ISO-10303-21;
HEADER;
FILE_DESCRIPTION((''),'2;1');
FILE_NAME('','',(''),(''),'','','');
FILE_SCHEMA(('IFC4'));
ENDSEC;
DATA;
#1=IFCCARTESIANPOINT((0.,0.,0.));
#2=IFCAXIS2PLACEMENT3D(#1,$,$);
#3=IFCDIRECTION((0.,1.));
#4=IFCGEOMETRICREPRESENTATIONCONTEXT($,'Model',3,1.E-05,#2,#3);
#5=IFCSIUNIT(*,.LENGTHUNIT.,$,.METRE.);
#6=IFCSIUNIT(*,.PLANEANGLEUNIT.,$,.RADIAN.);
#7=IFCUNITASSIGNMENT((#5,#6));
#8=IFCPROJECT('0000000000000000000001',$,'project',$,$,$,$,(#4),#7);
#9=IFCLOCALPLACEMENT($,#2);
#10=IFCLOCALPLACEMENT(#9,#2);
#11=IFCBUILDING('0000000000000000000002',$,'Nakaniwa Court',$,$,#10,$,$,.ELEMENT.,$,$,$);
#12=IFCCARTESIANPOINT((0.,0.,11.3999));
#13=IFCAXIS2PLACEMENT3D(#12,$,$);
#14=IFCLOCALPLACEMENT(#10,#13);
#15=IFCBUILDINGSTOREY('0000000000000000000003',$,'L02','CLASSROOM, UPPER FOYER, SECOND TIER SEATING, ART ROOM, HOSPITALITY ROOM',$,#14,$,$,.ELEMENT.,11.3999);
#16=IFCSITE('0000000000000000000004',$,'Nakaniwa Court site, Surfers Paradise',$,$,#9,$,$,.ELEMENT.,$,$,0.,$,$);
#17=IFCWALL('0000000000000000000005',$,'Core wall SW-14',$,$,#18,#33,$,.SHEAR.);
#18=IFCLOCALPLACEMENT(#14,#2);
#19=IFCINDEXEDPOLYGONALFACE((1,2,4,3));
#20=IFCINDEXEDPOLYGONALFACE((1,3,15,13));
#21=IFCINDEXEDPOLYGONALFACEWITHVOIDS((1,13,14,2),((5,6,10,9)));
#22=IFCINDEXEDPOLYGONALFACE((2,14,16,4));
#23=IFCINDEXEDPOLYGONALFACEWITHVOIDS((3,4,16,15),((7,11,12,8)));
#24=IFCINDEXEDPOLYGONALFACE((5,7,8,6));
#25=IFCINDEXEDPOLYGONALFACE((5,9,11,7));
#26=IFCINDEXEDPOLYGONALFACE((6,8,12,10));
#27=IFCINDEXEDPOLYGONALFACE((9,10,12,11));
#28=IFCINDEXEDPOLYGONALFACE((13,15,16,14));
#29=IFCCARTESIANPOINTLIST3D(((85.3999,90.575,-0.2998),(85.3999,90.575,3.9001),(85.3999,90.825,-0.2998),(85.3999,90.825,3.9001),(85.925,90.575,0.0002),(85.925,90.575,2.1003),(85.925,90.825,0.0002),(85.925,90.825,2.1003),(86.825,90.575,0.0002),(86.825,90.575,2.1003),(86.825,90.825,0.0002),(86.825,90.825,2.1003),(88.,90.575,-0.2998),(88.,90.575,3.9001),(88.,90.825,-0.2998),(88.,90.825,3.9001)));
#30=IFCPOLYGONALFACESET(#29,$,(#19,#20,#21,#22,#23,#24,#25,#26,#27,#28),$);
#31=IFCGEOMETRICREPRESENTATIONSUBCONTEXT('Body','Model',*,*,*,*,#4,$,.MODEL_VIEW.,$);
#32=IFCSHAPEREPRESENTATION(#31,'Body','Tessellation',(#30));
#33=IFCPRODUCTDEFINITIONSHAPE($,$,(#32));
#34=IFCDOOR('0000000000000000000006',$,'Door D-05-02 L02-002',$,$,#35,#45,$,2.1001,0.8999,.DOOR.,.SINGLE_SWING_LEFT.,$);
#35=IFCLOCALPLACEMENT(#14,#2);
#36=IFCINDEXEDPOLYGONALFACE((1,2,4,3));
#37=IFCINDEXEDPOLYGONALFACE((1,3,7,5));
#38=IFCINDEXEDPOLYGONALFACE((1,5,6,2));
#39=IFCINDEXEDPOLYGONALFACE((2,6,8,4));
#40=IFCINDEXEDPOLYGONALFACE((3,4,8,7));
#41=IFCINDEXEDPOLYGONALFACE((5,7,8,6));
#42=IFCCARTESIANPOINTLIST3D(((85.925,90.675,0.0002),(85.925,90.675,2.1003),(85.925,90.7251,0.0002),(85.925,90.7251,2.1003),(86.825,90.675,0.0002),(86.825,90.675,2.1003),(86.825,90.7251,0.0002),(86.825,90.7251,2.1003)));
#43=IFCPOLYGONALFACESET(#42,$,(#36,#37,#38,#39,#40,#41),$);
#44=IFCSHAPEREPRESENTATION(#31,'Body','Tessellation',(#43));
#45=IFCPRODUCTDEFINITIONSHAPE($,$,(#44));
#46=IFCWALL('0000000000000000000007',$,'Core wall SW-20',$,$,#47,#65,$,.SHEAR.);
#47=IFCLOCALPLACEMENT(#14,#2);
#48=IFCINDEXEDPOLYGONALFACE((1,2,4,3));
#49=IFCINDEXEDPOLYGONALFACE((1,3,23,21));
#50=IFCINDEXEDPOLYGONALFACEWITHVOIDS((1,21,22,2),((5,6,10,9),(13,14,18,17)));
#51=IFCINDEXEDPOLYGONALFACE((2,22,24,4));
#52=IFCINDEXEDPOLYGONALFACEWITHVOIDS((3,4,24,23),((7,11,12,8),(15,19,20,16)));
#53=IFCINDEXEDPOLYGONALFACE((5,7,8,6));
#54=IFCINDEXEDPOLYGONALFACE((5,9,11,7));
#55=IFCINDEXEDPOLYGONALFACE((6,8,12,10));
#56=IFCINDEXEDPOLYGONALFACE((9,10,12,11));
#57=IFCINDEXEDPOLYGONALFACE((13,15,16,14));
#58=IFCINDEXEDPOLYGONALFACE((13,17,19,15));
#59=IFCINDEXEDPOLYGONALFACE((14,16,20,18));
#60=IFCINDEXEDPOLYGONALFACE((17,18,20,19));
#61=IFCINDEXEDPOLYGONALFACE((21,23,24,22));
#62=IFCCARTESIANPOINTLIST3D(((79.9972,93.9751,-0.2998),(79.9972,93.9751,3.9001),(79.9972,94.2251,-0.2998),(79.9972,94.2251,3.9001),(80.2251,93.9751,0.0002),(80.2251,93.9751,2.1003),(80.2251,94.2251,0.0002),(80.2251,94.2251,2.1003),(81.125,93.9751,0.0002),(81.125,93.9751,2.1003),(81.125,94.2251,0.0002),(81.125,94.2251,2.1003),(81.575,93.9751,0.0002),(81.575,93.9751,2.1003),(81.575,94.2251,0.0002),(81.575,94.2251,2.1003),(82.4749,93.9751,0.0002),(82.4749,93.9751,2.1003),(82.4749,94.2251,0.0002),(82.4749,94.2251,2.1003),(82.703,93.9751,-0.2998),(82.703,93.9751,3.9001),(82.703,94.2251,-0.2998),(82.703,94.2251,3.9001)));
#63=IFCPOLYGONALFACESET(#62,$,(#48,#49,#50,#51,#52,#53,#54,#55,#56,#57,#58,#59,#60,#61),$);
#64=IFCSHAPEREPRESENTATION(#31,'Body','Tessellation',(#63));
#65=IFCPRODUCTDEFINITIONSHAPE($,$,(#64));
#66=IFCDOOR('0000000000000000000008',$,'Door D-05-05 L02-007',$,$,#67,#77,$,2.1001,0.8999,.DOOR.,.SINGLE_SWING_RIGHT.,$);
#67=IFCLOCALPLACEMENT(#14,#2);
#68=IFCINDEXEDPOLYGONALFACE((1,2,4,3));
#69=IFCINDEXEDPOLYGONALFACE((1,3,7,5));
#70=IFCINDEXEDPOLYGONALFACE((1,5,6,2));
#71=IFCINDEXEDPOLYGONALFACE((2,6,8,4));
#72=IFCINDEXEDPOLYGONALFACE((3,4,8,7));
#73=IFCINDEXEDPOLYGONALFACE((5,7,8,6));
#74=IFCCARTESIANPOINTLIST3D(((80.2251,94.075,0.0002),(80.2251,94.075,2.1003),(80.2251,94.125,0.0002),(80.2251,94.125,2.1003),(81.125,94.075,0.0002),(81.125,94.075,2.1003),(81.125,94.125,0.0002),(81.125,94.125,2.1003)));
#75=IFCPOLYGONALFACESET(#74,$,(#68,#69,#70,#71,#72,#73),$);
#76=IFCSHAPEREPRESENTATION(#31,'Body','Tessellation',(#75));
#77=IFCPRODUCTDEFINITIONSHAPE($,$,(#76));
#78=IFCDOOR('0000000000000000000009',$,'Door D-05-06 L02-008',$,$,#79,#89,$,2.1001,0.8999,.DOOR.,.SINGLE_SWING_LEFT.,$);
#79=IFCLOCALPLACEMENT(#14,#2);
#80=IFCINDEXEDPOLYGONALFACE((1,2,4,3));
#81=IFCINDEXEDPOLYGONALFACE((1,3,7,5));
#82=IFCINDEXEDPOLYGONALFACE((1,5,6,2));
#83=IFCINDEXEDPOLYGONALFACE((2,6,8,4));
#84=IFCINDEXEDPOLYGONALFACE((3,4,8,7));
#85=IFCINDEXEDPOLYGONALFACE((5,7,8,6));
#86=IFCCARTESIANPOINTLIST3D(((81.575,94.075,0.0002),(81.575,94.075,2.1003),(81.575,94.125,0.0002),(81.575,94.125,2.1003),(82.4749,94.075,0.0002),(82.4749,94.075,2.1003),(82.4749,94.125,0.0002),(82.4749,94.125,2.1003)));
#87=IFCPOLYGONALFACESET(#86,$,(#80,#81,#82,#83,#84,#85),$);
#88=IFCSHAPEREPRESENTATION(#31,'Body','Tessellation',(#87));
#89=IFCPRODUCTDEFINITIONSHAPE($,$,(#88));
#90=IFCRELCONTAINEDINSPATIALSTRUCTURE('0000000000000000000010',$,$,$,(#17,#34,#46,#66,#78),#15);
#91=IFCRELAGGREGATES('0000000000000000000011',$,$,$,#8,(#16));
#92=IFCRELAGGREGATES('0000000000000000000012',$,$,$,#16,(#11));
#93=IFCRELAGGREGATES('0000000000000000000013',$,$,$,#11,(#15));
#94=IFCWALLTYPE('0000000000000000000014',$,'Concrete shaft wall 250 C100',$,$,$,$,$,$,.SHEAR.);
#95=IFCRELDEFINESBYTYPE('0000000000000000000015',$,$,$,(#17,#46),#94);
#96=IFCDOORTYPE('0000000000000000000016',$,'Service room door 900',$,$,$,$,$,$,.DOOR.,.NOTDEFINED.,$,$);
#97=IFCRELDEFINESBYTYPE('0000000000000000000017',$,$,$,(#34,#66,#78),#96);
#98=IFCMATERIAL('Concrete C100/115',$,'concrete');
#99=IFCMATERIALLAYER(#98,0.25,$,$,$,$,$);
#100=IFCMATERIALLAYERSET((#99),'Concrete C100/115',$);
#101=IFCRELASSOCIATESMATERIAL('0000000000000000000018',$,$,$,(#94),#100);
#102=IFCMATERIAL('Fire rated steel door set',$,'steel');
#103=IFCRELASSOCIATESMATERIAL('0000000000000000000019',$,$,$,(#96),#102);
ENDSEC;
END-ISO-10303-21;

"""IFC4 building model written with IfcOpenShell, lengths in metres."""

from ifc_helpers import new_model, si_unit, direction, frame, frame_2d, origin, place, context, subcontext, project, spatial, rectangle, extrude, material, layer, layer_set, type_object, element, fill, save


model = new_model("IFC4")

# Units and contexts
model_context = context("Model", 3, precision=1e-05, world=origin(), true_north=direction((0.0, 1.0)))
body_context = subcontext(model_context, "Body", "Model", "MODEL_VIEW")
ifc_project = project(units=[si_unit("LENGTHUNIT", "METRE"), si_unit("PLANEANGLEUNIT", "RADIAN")], contexts=[model_context])

# Site, building, storey
site_placement = place(None, origin())
site = spatial("IfcSite", under=ifc_project, at=site_placement, Name="Nakaniwa Court site, Surfers Paradise", CompositionType="ELEMENT", RefElevation=0.0)
building_placement = place(site_placement, origin())
building = spatial("IfcBuilding", under=site, at=building_placement, Name="Nakaniwa Court", CompositionType="ELEMENT")
storey_placement = place(building_placement, frame((0.0, 0.0, 11.3999)))
storey = spatial("IfcBuildingStorey", under=building, at=storey_placement, Name="L02", Description="CLASSROOM, UPPER FOYER, SECOND TIER SEATING, ART ROOM, HOSPITALITY ROOM", CompositionType="ELEMENT", Elevation=11.3999)

# Shared definitions
ifc_material_1 = material(Name="Concrete C100/115", Category="concrete")

# Shared definitions
ifc_layer_1 = layer(ifc_material_1, 0.25)
ifc_layer_set_1 = layer_set([ifc_layer_1], Name="Concrete C100/115")
wall_type_1 = type_object("IfcWallType", Name="Concrete shaft wall 250 C100", PredefinedType="SHEAR", material=ifc_layer_set_1)

# Wall, opening, door
wall_1_placement = place(storey_placement, frame((88.0, 90.7, -0.2998), z_axis=(0.0, 0.0, 1.0), x_axis=(-1.0, 0.0, 0.0)))
wall_1 = element("IfcWall", 1, at=wall_1_placement, inside=storey, type_object=wall_type_1, Name="Core wall SW-14", PredefinedType="SHEAR", context=body_context, shape_type="SweptSolid", body=[
    extrude(rectangle(XDim=2.6001, YDim=0.25, at=frame_2d((1.3, 0.0))), origin(), (0.0, 0.0, 1.0), 4.2),
])
opening_1_placement = place(wall_1_placement, frame((1.175, 0.0, 0.3)))
opening_1 = element("IfcOpeningElement", 2, at=opening_1_placement, cuts=wall_1, PredefinedType="OPENING", context=body_context, shape_type="SweptSolid", body=[
    extrude(rectangle(XDim=0.8999, YDim=2.1001, at=frame_2d((0.45, 1.05))), frame((0.0, 0.135, 0.0), z_axis=(0.0, -1.0, 0.0), x_axis=(1.0, 0.0, 0.0)), (0.0, 0.0, 1.0), 0.27),
])
ifc_material_2 = material(Name="Fire rated steel door set", Category="steel")
door_type_1 = type_object("IfcDoorType", Name="Service room door 900", OperationType="NOTDEFINED", PredefinedType="DOOR", material=ifc_material_2)
door_1_placement = place(opening_1_placement, origin())
door_1 = element("IfcDoor", 3, at=door_1_placement, inside=storey, type_object=door_type_1, Name="Door D-05-02 L02-002", OperationType="SINGLE_SWING_LEFT", OverallHeight=2.1001, OverallWidth=0.8999, PredefinedType="DOOR", context=body_context, shape_type="SweptSolid", body=[
    extrude(rectangle(XDim=0.8999, YDim=2.1001, at=frame_2d((0.45, 1.05))), frame((0.0, 0.0249, 0.0), z_axis=(0.0, -1.0, 0.0), x_axis=(1.0, 0.0, 0.0)), (0.0, 0.0, 1.0), 0.05),
])
fill(opening_1, door_1)

# Wall, openings, doors
wall_2_placement = place(storey_placement, frame((79.9971, 94.1001, -0.2998), z_axis=(0.0, 0.0, 1.0), x_axis=(1.0, 0.0, 0.0)))
wall_2 = element("IfcWall", 4, at=wall_2_placement, inside=storey, type_object=wall_type_1, Name="Core wall SW-20", PredefinedType="SHEAR", context=body_context, shape_type="SweptSolid", body=[
    extrude(rectangle(XDim=2.7058, YDim=0.25, at=frame_2d((1.353, 0.0))), origin(), (0.0, 0.0, 1.0), 4.2),
])
opening_2_placement = place(wall_2_placement, frame((0.228, 0.0, 0.3)))
opening_2 = element("IfcOpeningElement", 5, at=opening_2_placement, cuts=wall_2, PredefinedType="OPENING", context=body_context, shape_type="SweptSolid", body=[
    extrude(rectangle(XDim=0.8999, YDim=2.1001, at=frame_2d((0.45, 1.05))), frame((0.0, 0.135, 0.0), z_axis=(0.0, -1.0, 0.0), x_axis=(1.0, 0.0, 0.0)), (0.0, 0.0, 1.0), 0.27),
])
opening_3_placement = place(wall_2_placement, frame((1.5779, 0.0, 0.3)))
opening_3 = element("IfcOpeningElement", 6, at=opening_3_placement, cuts=wall_2, PredefinedType="OPENING", context=body_context, shape_type="SweptSolid", body=[
    extrude(rectangle(XDim=0.8999, YDim=2.1001, at=frame_2d((0.45, 1.05))), frame((0.0, 0.135, 0.0), z_axis=(0.0, -1.0, 0.0), x_axis=(1.0, 0.0, 0.0)), (0.0, 0.0, 1.0), 0.27),
])
door_2_placement = place(opening_2_placement, origin())
door_2 = element("IfcDoor", 7, at=door_2_placement, inside=storey, type_object=door_type_1, Name="Door D-05-05 L02-007", OperationType="SINGLE_SWING_RIGHT", OverallHeight=2.1001, OverallWidth=0.8999, PredefinedType="DOOR", context=body_context, shape_type="SweptSolid", body=[
    extrude(rectangle(XDim=0.8999, YDim=2.1001, at=frame_2d((0.45, 1.05))), frame((0.0, 0.0249, 0.0), z_axis=(0.0, -1.0, 0.0), x_axis=(1.0, 0.0, 0.0)), (0.0, 0.0, 1.0), 0.05),
])
fill(opening_2, door_2)
door_3_placement = place(opening_3_placement, origin())
door_3 = element("IfcDoor", 8, at=door_3_placement, inside=storey, type_object=door_type_1, Name="Door D-05-06 L02-008", OperationType="SINGLE_SWING_LEFT", OverallHeight=2.1001, OverallWidth=0.8999, PredefinedType="DOOR", context=body_context, shape_type="SweptSolid", body=[
    extrude(rectangle(XDim=0.8999, YDim=2.1001, at=frame_2d((0.45, 1.05))), frame((0.0, 0.0249, 0.0), z_axis=(0.0, -1.0, 0.0), x_axis=(1.0, 0.0, 0.0)), (0.0, 0.0, 1.0), 0.05),
])
fill(opening_3, door_3)

save(model, "model.ifc")
